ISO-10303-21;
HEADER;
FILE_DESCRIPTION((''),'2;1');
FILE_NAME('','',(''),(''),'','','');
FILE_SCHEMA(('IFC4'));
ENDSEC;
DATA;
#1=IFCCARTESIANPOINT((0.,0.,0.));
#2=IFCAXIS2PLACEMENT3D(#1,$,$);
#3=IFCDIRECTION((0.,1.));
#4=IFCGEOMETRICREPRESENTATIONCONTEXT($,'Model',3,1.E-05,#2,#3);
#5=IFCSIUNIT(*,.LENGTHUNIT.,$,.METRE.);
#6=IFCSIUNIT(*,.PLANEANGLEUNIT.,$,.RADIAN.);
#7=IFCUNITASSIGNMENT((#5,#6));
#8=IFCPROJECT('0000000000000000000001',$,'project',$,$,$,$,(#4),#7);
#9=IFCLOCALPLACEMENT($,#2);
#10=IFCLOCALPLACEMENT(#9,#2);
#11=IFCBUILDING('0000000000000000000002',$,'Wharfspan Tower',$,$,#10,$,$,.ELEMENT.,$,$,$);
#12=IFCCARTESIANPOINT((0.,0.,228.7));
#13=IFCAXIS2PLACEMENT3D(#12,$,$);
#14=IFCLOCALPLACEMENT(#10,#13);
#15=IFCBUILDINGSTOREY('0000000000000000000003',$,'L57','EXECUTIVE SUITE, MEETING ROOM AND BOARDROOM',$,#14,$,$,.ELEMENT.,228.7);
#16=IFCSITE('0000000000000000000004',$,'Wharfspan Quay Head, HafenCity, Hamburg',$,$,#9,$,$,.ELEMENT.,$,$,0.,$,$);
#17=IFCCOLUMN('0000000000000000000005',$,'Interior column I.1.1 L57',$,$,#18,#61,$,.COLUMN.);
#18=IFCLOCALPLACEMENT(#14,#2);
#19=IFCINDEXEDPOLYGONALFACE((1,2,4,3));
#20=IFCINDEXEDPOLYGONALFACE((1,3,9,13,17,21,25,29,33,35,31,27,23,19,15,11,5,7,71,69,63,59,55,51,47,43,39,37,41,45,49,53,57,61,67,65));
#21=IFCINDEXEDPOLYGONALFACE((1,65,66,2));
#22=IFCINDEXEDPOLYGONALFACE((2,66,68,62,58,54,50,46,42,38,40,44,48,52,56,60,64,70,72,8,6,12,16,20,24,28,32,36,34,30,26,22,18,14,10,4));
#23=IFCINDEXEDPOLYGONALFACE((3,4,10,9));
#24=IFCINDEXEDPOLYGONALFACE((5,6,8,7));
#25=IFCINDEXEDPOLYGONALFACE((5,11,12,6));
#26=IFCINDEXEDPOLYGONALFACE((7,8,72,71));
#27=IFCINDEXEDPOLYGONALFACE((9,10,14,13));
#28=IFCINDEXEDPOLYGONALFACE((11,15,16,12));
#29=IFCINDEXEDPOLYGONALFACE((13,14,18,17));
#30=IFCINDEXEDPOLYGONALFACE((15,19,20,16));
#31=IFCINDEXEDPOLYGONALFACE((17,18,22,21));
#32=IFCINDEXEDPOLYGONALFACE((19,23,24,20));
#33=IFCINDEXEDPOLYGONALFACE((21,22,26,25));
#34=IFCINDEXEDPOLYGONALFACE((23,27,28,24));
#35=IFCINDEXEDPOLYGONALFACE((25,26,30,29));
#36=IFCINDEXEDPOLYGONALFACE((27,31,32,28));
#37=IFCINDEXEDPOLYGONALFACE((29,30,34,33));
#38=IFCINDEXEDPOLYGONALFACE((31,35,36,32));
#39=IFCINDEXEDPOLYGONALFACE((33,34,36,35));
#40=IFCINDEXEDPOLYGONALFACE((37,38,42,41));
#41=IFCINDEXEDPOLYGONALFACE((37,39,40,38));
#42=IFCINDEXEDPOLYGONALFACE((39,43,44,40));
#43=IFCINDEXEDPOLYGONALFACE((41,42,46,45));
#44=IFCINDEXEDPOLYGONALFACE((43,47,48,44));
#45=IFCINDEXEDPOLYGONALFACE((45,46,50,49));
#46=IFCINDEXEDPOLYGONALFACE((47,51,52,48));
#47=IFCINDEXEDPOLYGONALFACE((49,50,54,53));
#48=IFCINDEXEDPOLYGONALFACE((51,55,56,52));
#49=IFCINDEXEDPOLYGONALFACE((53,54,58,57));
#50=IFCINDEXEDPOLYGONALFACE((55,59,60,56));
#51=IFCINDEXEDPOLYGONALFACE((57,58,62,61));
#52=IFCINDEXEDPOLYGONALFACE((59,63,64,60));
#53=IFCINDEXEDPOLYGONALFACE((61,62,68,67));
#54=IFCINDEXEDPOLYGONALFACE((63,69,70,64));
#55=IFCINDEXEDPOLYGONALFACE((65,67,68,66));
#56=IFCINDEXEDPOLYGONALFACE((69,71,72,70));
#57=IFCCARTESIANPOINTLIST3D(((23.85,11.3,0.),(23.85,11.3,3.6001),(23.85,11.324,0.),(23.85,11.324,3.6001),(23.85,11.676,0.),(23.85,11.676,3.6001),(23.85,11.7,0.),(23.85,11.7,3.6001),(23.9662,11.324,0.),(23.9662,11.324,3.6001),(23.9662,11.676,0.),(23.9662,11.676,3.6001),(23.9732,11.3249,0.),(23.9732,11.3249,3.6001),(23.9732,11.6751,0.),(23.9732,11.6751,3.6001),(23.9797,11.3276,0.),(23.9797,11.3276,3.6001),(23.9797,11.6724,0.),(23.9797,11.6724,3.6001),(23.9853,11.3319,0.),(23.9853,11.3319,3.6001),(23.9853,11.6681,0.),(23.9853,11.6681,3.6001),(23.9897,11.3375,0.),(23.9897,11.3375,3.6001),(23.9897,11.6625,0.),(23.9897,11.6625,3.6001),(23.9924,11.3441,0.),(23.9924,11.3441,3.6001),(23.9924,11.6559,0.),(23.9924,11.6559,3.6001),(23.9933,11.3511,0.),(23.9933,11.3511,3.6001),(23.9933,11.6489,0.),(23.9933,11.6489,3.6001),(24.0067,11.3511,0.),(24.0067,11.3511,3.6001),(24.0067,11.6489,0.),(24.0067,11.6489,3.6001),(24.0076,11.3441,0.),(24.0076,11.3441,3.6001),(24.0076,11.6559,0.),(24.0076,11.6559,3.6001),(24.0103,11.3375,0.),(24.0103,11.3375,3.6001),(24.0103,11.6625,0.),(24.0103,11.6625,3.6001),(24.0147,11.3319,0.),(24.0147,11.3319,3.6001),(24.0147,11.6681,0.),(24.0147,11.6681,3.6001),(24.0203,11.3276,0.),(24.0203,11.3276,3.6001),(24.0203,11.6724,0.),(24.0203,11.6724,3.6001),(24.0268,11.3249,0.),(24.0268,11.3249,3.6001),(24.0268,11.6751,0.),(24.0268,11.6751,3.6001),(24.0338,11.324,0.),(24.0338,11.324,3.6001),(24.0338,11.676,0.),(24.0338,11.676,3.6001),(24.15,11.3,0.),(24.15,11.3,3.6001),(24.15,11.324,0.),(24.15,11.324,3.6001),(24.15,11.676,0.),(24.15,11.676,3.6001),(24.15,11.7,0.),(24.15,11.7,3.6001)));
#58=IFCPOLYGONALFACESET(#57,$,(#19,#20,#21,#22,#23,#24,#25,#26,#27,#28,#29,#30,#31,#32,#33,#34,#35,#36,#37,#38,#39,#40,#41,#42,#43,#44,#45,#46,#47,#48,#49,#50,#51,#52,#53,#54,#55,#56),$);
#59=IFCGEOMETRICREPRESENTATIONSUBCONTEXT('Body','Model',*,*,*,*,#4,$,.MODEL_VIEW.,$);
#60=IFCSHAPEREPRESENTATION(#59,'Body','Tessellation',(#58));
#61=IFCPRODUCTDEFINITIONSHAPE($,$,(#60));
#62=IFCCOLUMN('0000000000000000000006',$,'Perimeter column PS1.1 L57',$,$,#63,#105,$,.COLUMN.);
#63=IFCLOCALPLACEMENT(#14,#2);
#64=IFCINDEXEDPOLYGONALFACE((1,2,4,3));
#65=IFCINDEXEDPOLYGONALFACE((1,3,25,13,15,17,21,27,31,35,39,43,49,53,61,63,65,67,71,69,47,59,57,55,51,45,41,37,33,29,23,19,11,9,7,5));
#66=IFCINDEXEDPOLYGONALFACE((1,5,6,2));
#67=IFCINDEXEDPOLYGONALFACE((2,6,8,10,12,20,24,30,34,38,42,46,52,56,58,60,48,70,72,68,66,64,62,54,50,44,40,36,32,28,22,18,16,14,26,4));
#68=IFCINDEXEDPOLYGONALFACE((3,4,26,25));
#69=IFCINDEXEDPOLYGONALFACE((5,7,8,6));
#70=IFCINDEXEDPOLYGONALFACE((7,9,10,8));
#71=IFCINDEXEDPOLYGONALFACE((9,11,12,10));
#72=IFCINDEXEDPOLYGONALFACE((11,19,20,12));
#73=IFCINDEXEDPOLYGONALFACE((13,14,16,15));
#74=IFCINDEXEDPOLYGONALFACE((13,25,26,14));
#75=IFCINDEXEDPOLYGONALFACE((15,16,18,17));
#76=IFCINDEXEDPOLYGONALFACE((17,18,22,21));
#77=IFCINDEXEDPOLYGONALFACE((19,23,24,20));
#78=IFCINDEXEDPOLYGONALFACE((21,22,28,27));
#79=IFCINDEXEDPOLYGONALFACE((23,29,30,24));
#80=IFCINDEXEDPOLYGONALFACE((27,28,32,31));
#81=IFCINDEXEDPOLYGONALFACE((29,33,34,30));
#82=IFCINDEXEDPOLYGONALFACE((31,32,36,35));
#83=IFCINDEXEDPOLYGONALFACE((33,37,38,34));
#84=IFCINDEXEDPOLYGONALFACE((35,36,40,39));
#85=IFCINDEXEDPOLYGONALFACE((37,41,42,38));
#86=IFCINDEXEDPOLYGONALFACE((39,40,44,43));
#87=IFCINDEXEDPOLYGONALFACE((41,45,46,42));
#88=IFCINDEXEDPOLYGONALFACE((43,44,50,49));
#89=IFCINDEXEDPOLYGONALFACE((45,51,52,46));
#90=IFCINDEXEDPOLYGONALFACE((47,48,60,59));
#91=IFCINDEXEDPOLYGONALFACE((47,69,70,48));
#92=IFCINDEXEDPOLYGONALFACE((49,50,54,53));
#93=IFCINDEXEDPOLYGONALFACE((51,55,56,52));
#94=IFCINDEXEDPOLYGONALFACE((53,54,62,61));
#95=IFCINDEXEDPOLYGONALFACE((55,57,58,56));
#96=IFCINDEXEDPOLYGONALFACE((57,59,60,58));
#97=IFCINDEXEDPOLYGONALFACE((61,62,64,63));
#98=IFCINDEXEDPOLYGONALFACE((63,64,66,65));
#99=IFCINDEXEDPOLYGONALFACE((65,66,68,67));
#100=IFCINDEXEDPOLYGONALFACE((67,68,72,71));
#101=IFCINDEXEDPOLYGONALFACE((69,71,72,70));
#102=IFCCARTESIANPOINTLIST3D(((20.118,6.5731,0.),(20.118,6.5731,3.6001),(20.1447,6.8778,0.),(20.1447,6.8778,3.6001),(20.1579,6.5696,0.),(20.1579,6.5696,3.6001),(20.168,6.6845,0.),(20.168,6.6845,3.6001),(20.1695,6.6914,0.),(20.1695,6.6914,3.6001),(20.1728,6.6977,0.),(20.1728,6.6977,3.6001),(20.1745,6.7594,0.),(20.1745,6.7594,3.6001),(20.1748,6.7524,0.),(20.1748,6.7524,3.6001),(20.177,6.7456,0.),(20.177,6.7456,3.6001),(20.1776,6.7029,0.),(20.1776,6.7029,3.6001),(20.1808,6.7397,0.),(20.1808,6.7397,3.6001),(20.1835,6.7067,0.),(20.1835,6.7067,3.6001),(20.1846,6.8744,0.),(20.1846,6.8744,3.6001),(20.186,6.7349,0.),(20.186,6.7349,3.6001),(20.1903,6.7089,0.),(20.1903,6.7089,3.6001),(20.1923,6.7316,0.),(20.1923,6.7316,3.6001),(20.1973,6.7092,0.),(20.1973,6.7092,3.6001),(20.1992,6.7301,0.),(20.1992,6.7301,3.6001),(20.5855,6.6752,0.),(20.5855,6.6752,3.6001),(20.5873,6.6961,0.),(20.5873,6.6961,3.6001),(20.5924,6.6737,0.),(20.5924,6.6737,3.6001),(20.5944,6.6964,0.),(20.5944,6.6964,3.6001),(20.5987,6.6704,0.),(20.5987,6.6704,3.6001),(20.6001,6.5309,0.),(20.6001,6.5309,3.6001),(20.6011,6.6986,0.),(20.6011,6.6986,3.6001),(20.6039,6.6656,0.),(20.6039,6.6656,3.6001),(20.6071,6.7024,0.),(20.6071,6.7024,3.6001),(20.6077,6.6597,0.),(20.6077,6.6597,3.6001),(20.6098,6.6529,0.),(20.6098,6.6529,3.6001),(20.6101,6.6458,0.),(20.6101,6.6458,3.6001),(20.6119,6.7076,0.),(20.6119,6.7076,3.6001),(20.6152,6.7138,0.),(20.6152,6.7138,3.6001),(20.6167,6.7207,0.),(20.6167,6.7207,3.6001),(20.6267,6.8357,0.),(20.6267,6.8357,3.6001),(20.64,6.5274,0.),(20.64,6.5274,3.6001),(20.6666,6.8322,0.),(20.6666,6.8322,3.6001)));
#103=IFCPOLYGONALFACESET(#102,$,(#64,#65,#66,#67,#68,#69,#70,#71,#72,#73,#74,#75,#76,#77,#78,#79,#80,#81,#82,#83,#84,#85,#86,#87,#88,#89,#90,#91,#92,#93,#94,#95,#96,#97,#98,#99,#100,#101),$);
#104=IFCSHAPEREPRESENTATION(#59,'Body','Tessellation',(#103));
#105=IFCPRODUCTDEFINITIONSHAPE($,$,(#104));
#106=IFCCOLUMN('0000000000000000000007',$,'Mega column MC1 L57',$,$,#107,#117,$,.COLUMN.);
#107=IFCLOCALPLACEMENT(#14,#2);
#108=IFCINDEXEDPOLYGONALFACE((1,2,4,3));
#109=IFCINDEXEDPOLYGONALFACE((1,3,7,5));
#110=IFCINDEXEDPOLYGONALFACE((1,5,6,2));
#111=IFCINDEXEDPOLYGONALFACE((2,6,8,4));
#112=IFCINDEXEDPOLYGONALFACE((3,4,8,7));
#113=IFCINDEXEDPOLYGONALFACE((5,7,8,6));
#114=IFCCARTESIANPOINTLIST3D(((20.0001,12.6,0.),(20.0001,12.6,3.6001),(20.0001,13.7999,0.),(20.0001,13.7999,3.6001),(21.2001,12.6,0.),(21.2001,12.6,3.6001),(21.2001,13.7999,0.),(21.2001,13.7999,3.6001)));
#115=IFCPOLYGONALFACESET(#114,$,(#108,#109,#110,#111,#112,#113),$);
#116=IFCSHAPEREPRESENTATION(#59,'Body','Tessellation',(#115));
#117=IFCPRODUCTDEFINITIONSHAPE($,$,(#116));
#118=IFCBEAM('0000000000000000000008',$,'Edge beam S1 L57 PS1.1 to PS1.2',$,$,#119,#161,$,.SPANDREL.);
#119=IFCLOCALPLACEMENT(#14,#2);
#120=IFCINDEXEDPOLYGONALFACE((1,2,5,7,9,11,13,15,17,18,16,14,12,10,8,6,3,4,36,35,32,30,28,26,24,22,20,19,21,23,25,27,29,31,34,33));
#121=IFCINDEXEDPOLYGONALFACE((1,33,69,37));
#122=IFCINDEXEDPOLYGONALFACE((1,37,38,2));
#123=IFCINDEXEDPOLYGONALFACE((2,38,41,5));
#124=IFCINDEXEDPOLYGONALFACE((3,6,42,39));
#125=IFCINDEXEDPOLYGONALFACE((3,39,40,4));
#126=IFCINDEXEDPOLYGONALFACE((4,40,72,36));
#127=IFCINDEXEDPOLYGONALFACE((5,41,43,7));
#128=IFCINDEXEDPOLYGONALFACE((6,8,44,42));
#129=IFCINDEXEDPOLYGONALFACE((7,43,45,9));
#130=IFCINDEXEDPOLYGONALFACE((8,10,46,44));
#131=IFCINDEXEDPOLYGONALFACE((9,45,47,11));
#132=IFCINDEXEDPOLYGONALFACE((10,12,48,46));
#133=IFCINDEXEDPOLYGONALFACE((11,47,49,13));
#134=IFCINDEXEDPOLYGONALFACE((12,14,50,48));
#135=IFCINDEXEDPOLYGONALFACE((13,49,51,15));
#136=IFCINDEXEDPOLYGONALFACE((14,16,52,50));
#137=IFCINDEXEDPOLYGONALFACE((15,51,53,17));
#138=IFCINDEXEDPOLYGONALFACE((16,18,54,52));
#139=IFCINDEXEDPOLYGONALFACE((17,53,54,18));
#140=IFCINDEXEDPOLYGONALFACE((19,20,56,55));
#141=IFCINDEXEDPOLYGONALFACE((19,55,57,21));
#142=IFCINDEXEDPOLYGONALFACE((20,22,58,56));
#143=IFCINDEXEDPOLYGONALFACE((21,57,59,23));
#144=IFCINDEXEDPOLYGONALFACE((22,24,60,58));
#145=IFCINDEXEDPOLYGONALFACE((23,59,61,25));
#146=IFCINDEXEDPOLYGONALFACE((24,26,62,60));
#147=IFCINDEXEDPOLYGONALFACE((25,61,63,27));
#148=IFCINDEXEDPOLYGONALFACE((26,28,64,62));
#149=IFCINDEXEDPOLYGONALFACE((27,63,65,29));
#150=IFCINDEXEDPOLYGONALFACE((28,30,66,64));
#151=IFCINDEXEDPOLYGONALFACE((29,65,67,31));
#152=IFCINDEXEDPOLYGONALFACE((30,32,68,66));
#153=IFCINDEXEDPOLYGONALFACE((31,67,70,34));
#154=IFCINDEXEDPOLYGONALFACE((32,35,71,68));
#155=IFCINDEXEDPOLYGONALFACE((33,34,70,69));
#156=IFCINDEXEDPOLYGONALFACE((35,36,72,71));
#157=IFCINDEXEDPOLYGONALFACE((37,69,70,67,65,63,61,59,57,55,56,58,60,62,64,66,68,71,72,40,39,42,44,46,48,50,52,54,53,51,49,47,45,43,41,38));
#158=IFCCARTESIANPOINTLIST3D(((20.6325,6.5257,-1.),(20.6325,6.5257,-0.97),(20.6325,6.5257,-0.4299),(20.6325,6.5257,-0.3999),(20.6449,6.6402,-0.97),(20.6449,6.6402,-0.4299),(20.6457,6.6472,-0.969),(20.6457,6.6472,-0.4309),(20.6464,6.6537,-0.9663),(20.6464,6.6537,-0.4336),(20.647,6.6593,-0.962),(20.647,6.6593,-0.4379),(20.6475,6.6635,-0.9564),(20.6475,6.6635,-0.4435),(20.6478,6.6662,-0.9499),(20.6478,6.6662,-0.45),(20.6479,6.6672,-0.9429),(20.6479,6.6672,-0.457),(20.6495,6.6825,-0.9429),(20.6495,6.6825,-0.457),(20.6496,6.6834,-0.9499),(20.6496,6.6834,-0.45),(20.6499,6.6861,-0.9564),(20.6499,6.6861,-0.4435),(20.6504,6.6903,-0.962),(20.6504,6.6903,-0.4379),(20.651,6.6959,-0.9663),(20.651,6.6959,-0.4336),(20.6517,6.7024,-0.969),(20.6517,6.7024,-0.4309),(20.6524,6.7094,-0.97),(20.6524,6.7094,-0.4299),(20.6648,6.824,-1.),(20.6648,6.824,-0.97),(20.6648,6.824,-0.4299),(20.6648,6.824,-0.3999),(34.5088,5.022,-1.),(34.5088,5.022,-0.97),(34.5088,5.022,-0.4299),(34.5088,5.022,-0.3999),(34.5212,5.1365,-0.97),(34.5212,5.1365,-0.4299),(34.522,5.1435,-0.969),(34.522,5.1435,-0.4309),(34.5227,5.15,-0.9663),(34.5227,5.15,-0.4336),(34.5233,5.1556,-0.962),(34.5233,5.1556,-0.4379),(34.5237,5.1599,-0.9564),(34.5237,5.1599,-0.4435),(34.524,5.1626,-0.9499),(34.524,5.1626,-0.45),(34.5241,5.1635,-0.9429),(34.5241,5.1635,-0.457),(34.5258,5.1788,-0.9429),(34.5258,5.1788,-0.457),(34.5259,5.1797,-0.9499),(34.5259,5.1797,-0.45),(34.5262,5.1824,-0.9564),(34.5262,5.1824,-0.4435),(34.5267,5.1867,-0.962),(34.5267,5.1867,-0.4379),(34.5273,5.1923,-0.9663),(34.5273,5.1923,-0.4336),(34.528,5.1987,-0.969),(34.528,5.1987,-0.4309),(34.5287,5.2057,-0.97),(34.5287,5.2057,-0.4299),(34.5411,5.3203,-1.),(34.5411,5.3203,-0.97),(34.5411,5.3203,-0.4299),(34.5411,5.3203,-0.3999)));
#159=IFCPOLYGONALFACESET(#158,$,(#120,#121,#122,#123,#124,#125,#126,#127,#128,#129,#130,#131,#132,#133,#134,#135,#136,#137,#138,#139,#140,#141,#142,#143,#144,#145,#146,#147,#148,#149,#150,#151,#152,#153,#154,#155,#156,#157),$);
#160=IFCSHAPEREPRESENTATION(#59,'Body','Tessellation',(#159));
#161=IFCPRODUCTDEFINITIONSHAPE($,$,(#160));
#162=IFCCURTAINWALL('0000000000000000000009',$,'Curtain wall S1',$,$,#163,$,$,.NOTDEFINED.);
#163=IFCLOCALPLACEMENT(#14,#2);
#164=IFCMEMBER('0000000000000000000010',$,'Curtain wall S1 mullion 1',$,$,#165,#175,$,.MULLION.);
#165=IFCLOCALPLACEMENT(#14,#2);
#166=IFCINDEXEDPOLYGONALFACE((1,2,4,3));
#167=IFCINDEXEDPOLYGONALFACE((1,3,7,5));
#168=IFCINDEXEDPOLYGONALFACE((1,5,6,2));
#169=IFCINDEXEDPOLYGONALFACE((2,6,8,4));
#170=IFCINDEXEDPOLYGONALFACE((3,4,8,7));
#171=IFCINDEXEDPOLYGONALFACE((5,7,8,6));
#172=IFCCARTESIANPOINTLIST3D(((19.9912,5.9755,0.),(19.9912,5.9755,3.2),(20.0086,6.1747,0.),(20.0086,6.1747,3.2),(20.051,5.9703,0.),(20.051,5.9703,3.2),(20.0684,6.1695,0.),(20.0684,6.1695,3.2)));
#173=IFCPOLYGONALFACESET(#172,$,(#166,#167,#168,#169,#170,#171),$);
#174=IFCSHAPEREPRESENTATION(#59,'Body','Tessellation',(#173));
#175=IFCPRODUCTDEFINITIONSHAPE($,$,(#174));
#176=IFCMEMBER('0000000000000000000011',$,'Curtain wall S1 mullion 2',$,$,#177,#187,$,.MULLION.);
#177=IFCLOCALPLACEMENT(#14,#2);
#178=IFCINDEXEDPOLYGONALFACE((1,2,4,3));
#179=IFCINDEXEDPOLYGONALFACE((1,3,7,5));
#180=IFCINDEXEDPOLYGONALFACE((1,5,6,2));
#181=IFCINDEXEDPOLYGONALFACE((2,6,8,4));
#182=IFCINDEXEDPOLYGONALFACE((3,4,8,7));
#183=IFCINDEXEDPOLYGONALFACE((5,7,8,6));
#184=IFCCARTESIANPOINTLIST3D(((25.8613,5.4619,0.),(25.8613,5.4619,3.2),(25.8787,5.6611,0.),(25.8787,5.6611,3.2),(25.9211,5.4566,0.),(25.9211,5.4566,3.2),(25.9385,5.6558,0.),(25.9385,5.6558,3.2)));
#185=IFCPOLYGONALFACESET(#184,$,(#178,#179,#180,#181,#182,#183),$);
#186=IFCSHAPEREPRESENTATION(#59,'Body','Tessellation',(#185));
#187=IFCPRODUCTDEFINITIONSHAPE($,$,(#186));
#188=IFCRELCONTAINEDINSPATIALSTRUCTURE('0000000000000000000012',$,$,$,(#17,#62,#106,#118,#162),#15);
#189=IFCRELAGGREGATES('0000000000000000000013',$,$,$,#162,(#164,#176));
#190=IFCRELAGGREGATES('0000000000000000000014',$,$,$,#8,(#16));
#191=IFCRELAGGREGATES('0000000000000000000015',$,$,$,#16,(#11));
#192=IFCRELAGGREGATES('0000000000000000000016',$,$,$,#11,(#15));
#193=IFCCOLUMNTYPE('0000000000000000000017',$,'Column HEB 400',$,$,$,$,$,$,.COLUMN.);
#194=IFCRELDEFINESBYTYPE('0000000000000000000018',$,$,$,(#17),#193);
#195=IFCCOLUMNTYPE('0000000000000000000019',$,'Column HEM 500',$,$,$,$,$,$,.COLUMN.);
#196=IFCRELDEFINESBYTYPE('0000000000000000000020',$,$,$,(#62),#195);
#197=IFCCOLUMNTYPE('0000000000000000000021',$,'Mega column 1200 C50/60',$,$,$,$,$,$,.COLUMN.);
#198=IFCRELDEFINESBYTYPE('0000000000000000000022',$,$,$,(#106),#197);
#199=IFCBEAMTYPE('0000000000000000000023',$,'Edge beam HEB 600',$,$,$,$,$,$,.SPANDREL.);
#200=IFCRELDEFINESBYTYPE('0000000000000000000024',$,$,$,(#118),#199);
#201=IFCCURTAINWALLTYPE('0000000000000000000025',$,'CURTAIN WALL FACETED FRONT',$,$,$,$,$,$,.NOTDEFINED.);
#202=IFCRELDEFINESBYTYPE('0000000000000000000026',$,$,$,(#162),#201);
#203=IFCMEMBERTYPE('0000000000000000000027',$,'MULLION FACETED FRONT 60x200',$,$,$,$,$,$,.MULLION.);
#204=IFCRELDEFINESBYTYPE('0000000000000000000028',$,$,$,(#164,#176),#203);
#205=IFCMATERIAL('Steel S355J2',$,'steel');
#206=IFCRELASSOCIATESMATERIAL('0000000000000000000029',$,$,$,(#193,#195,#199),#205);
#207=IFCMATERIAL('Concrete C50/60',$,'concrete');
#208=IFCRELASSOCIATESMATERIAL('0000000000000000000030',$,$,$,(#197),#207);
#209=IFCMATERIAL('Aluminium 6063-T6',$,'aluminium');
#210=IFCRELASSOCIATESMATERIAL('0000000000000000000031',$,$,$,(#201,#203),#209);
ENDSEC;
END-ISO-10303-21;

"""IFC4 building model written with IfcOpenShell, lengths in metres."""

from ifc_helpers import new_model, si_unit, direction, frame, origin, origin_2d, place, context, subcontext, project, spatial, rectangle, i_section, extrude, material, material_profile, profile_set, type_object, element, aggregate, save


model = new_model("IFC4")

# Units and contexts
model_context = context("Model", 3, precision=1e-05, world=origin(), true_north=direction((0.0, 1.0)))
body_context = subcontext(model_context, "Body", "Model", "MODEL_VIEW")
ifc_project = project(units=[si_unit("LENGTHUNIT", "METRE"), si_unit("PLANEANGLEUNIT", "RADIAN")], contexts=[model_context])

# Site, building, storey
site_placement = place(None, origin())
site = spatial("IfcSite", under=ifc_project, at=site_placement, Name="Wharfspan Quay Head, HafenCity, Hamburg", CompositionType="ELEMENT", RefElevation=0.0)
building_placement = place(site_placement, origin())
building = spatial("IfcBuilding", under=site, at=building_placement, Name="Wharfspan Tower", CompositionType="ELEMENT")
storey_placement = place(building_placement, frame((0.0, 0.0, 228.7)))
storey = spatial("IfcBuildingStorey", under=building, at=storey_placement, Name="L57", Description="EXECUTIVE SUITE, MEETING ROOM AND BOARDROOM", CompositionType="ELEMENT", Elevation=228.7)

# Columns
ifc_material_1 = material(Name="Steel S355J2", Category="steel")
ifc_material_profile_1 = material_profile(ifc_material_1, i_section(OverallWidth=0.3, OverallDepth=0.3999, WebThickness=0.0134, FlangeThickness=0.0239, FilletRadius=0.0271, at=origin_2d()))
ifc_profile_set_1 = profile_set([ifc_material_profile_1], Name="Steel S355J2")
column_type_1 = type_object("IfcColumnType", Name="Column HEB 400", PredefinedType="COLUMN", material=ifc_profile_set_1)
column_1_placement = place(storey_placement, frame((24.0, 11.5, 0.0), z_axis=(0.0, 0.0, 1.0), x_axis=(1.0, 0.0, 0.0)))
element("IfcColumn", 1, at=column_1_placement, inside=storey, type_object=column_type_1, Name="Interior column I.1.1 L57", PredefinedType="COLUMN", context=body_context, shape_type="SweptSolid", body=[
    extrude(i_section(OverallWidth=0.3, OverallDepth=0.3999, WebThickness=0.0134, FlangeThickness=0.0239, FilletRadius=0.0271, at=origin_2d()), origin(), (0.0, 0.0, 1.0), 3.6001),
])
ifc_material_profile_2 = material_profile(ifc_material_1, i_section(OverallWidth=0.3059, OverallDepth=0.5239, WebThickness=0.021, FlangeThickness=0.04, FilletRadius=0.0271, at=origin_2d()))
ifc_profile_set_2 = profile_set([ifc_material_profile_2], Name="Steel S355J2")
column_type_2 = type_object("IfcColumnType", Name="Column HEM 500", PredefinedType="COLUMN", material=ifc_profile_set_2)
column_2_placement = place(storey_placement, frame((20.3923, 6.7026, 0.0), z_axis=(0.0, 0.0, 1.0), x_axis=(-0.087156, -0.996197, 0.0)))
element("IfcColumn", 2, at=column_2_placement, inside=storey, type_object=column_type_2, Name="Perimeter column PS1.1 L57", PredefinedType="COLUMN", context=body_context, shape_type="SweptSolid", body=[
    extrude(i_section(OverallWidth=0.3059, OverallDepth=0.5239, WebThickness=0.021, FlangeThickness=0.04, FilletRadius=0.0271, at=origin_2d()), origin(), (0.0, 0.0, 1.0), 3.6001),
])
ifc_material_2 = material(Name="Concrete C50/60", Category="concrete")
ifc_material_profile_3 = material_profile(ifc_material_2, rectangle(XDim=1.2, YDim=1.2, at=origin_2d()))
ifc_profile_set_3 = profile_set([ifc_material_profile_3], Name="Concrete C50/60")
column_type_3 = type_object("IfcColumnType", Name="Mega column 1200 C50/60", PredefinedType="COLUMN", material=ifc_profile_set_3)
column_3_placement = place(storey_placement, frame((20.6001, 13.2, 0.0), z_axis=(0.0, 0.0, 1.0), x_axis=(1.0, 0.0, 0.0)))
element("IfcColumn", 3, at=column_3_placement, inside=storey, type_object=column_type_3, Name="Mega column MC1 L57", PredefinedType="COLUMN", context=body_context, shape_type="SweptSolid", body=[
    extrude(rectangle(XDim=1.2, YDim=1.2, at=origin_2d()), origin(), (0.0, 0.0, 1.0), 3.6001),
])

# Beam
ifc_material_profile_4 = material_profile(ifc_material_1, i_section(OverallWidth=0.3, OverallDepth=0.6001, WebThickness=0.0154, FlangeThickness=0.03, FilletRadius=0.0271, at=origin_2d()))
ifc_profile_set_4 = profile_set([ifc_material_profile_4], Name="Steel S355J2")
beam_type = type_object("IfcBeamType", Name="Edge beam HEB 600", PredefinedType="SPANDREL", material=ifc_profile_set_4)
beam_placement = place(storey_placement, frame((20.6487, 6.6748, -0.7), z_axis=(0.99418, -0.107732, 0.0), x_axis=(0.107732, 0.99418, 0.0)))
element("IfcBeam", 4, at=beam_placement, inside=storey, type_object=beam_type, Name="Edge beam S1 L57 PS1.1 to PS1.2", PredefinedType="SPANDREL", context=body_context, shape_type="SweptSolid", body=[
    extrude(i_section(OverallWidth=0.3, OverallDepth=0.6001, WebThickness=0.0154, FlangeThickness=0.03, FilletRadius=0.0271, at=origin_2d()), origin(), (0.0, 0.0, 1.0), 13.9575),
])

# Curtain wall, members
ifc_material_3 = material(Name="Aluminium 6063-T6", Category="aluminium")
curtain_wall_type_1 = type_object("IfcCurtainWallType", Name="CURTAIN WALL FACETED FRONT", PredefinedType="NOTDEFINED", material=ifc_material_3)
curtain_wall_1_placement = place(storey_placement, origin())
curtain_wall_1 = element("IfcCurtainWall", 5, at=curtain_wall_1_placement, inside=storey, type_object=curtain_wall_type_1, Name="Curtain wall S1", PredefinedType="NOTDEFINED")
ifc_material_profile_5 = material_profile(ifc_material_3, rectangle(XDim=0.2, YDim=0.0601, at=origin_2d()))
ifc_profile_set_5 = profile_set([ifc_material_profile_5], Name="Aluminium 6063-T6")
member_type_1 = type_object("IfcMemberType", Name="MULLION FACETED FRONT 60x200", PredefinedType="MULLION", material=ifc_profile_set_5)
member_1_placement = place(storey_placement, frame((20.0298, 6.0725, 0.0), z_axis=(0.0, 0.0, 1.0), x_axis=(0.087156, 0.996197, 0.0)))
member_1 = element("IfcMember", 6, at=member_1_placement, type_object=member_type_1, Name="Curtain wall S1 mullion 1", PredefinedType="MULLION", context=body_context, shape_type="SweptSolid", body=[
    extrude(rectangle(XDim=0.2, YDim=0.0601, at=origin_2d()), origin(), (0.0, 0.0, 1.0), 3.2),
])
member_2_placement = place(storey_placement, frame((25.8999, 5.5588, 0.0), z_axis=(0.0, 0.0, 1.0), x_axis=(0.087156, 0.996197, 0.0)))
member_2 = element("IfcMember", 7, at=member_2_placement, type_object=member_type_1, Name="Curtain wall S1 mullion 2", PredefinedType="MULLION", context=body_context, shape_type="SweptSolid", body=[
    extrude(rectangle(XDim=0.2, YDim=0.0601, at=origin_2d()), origin(), (0.0, 0.0, 1.0), 3.2),
])

aggregate(curtain_wall_1, [member_1, member_2])

save(model, "model.ifc")
